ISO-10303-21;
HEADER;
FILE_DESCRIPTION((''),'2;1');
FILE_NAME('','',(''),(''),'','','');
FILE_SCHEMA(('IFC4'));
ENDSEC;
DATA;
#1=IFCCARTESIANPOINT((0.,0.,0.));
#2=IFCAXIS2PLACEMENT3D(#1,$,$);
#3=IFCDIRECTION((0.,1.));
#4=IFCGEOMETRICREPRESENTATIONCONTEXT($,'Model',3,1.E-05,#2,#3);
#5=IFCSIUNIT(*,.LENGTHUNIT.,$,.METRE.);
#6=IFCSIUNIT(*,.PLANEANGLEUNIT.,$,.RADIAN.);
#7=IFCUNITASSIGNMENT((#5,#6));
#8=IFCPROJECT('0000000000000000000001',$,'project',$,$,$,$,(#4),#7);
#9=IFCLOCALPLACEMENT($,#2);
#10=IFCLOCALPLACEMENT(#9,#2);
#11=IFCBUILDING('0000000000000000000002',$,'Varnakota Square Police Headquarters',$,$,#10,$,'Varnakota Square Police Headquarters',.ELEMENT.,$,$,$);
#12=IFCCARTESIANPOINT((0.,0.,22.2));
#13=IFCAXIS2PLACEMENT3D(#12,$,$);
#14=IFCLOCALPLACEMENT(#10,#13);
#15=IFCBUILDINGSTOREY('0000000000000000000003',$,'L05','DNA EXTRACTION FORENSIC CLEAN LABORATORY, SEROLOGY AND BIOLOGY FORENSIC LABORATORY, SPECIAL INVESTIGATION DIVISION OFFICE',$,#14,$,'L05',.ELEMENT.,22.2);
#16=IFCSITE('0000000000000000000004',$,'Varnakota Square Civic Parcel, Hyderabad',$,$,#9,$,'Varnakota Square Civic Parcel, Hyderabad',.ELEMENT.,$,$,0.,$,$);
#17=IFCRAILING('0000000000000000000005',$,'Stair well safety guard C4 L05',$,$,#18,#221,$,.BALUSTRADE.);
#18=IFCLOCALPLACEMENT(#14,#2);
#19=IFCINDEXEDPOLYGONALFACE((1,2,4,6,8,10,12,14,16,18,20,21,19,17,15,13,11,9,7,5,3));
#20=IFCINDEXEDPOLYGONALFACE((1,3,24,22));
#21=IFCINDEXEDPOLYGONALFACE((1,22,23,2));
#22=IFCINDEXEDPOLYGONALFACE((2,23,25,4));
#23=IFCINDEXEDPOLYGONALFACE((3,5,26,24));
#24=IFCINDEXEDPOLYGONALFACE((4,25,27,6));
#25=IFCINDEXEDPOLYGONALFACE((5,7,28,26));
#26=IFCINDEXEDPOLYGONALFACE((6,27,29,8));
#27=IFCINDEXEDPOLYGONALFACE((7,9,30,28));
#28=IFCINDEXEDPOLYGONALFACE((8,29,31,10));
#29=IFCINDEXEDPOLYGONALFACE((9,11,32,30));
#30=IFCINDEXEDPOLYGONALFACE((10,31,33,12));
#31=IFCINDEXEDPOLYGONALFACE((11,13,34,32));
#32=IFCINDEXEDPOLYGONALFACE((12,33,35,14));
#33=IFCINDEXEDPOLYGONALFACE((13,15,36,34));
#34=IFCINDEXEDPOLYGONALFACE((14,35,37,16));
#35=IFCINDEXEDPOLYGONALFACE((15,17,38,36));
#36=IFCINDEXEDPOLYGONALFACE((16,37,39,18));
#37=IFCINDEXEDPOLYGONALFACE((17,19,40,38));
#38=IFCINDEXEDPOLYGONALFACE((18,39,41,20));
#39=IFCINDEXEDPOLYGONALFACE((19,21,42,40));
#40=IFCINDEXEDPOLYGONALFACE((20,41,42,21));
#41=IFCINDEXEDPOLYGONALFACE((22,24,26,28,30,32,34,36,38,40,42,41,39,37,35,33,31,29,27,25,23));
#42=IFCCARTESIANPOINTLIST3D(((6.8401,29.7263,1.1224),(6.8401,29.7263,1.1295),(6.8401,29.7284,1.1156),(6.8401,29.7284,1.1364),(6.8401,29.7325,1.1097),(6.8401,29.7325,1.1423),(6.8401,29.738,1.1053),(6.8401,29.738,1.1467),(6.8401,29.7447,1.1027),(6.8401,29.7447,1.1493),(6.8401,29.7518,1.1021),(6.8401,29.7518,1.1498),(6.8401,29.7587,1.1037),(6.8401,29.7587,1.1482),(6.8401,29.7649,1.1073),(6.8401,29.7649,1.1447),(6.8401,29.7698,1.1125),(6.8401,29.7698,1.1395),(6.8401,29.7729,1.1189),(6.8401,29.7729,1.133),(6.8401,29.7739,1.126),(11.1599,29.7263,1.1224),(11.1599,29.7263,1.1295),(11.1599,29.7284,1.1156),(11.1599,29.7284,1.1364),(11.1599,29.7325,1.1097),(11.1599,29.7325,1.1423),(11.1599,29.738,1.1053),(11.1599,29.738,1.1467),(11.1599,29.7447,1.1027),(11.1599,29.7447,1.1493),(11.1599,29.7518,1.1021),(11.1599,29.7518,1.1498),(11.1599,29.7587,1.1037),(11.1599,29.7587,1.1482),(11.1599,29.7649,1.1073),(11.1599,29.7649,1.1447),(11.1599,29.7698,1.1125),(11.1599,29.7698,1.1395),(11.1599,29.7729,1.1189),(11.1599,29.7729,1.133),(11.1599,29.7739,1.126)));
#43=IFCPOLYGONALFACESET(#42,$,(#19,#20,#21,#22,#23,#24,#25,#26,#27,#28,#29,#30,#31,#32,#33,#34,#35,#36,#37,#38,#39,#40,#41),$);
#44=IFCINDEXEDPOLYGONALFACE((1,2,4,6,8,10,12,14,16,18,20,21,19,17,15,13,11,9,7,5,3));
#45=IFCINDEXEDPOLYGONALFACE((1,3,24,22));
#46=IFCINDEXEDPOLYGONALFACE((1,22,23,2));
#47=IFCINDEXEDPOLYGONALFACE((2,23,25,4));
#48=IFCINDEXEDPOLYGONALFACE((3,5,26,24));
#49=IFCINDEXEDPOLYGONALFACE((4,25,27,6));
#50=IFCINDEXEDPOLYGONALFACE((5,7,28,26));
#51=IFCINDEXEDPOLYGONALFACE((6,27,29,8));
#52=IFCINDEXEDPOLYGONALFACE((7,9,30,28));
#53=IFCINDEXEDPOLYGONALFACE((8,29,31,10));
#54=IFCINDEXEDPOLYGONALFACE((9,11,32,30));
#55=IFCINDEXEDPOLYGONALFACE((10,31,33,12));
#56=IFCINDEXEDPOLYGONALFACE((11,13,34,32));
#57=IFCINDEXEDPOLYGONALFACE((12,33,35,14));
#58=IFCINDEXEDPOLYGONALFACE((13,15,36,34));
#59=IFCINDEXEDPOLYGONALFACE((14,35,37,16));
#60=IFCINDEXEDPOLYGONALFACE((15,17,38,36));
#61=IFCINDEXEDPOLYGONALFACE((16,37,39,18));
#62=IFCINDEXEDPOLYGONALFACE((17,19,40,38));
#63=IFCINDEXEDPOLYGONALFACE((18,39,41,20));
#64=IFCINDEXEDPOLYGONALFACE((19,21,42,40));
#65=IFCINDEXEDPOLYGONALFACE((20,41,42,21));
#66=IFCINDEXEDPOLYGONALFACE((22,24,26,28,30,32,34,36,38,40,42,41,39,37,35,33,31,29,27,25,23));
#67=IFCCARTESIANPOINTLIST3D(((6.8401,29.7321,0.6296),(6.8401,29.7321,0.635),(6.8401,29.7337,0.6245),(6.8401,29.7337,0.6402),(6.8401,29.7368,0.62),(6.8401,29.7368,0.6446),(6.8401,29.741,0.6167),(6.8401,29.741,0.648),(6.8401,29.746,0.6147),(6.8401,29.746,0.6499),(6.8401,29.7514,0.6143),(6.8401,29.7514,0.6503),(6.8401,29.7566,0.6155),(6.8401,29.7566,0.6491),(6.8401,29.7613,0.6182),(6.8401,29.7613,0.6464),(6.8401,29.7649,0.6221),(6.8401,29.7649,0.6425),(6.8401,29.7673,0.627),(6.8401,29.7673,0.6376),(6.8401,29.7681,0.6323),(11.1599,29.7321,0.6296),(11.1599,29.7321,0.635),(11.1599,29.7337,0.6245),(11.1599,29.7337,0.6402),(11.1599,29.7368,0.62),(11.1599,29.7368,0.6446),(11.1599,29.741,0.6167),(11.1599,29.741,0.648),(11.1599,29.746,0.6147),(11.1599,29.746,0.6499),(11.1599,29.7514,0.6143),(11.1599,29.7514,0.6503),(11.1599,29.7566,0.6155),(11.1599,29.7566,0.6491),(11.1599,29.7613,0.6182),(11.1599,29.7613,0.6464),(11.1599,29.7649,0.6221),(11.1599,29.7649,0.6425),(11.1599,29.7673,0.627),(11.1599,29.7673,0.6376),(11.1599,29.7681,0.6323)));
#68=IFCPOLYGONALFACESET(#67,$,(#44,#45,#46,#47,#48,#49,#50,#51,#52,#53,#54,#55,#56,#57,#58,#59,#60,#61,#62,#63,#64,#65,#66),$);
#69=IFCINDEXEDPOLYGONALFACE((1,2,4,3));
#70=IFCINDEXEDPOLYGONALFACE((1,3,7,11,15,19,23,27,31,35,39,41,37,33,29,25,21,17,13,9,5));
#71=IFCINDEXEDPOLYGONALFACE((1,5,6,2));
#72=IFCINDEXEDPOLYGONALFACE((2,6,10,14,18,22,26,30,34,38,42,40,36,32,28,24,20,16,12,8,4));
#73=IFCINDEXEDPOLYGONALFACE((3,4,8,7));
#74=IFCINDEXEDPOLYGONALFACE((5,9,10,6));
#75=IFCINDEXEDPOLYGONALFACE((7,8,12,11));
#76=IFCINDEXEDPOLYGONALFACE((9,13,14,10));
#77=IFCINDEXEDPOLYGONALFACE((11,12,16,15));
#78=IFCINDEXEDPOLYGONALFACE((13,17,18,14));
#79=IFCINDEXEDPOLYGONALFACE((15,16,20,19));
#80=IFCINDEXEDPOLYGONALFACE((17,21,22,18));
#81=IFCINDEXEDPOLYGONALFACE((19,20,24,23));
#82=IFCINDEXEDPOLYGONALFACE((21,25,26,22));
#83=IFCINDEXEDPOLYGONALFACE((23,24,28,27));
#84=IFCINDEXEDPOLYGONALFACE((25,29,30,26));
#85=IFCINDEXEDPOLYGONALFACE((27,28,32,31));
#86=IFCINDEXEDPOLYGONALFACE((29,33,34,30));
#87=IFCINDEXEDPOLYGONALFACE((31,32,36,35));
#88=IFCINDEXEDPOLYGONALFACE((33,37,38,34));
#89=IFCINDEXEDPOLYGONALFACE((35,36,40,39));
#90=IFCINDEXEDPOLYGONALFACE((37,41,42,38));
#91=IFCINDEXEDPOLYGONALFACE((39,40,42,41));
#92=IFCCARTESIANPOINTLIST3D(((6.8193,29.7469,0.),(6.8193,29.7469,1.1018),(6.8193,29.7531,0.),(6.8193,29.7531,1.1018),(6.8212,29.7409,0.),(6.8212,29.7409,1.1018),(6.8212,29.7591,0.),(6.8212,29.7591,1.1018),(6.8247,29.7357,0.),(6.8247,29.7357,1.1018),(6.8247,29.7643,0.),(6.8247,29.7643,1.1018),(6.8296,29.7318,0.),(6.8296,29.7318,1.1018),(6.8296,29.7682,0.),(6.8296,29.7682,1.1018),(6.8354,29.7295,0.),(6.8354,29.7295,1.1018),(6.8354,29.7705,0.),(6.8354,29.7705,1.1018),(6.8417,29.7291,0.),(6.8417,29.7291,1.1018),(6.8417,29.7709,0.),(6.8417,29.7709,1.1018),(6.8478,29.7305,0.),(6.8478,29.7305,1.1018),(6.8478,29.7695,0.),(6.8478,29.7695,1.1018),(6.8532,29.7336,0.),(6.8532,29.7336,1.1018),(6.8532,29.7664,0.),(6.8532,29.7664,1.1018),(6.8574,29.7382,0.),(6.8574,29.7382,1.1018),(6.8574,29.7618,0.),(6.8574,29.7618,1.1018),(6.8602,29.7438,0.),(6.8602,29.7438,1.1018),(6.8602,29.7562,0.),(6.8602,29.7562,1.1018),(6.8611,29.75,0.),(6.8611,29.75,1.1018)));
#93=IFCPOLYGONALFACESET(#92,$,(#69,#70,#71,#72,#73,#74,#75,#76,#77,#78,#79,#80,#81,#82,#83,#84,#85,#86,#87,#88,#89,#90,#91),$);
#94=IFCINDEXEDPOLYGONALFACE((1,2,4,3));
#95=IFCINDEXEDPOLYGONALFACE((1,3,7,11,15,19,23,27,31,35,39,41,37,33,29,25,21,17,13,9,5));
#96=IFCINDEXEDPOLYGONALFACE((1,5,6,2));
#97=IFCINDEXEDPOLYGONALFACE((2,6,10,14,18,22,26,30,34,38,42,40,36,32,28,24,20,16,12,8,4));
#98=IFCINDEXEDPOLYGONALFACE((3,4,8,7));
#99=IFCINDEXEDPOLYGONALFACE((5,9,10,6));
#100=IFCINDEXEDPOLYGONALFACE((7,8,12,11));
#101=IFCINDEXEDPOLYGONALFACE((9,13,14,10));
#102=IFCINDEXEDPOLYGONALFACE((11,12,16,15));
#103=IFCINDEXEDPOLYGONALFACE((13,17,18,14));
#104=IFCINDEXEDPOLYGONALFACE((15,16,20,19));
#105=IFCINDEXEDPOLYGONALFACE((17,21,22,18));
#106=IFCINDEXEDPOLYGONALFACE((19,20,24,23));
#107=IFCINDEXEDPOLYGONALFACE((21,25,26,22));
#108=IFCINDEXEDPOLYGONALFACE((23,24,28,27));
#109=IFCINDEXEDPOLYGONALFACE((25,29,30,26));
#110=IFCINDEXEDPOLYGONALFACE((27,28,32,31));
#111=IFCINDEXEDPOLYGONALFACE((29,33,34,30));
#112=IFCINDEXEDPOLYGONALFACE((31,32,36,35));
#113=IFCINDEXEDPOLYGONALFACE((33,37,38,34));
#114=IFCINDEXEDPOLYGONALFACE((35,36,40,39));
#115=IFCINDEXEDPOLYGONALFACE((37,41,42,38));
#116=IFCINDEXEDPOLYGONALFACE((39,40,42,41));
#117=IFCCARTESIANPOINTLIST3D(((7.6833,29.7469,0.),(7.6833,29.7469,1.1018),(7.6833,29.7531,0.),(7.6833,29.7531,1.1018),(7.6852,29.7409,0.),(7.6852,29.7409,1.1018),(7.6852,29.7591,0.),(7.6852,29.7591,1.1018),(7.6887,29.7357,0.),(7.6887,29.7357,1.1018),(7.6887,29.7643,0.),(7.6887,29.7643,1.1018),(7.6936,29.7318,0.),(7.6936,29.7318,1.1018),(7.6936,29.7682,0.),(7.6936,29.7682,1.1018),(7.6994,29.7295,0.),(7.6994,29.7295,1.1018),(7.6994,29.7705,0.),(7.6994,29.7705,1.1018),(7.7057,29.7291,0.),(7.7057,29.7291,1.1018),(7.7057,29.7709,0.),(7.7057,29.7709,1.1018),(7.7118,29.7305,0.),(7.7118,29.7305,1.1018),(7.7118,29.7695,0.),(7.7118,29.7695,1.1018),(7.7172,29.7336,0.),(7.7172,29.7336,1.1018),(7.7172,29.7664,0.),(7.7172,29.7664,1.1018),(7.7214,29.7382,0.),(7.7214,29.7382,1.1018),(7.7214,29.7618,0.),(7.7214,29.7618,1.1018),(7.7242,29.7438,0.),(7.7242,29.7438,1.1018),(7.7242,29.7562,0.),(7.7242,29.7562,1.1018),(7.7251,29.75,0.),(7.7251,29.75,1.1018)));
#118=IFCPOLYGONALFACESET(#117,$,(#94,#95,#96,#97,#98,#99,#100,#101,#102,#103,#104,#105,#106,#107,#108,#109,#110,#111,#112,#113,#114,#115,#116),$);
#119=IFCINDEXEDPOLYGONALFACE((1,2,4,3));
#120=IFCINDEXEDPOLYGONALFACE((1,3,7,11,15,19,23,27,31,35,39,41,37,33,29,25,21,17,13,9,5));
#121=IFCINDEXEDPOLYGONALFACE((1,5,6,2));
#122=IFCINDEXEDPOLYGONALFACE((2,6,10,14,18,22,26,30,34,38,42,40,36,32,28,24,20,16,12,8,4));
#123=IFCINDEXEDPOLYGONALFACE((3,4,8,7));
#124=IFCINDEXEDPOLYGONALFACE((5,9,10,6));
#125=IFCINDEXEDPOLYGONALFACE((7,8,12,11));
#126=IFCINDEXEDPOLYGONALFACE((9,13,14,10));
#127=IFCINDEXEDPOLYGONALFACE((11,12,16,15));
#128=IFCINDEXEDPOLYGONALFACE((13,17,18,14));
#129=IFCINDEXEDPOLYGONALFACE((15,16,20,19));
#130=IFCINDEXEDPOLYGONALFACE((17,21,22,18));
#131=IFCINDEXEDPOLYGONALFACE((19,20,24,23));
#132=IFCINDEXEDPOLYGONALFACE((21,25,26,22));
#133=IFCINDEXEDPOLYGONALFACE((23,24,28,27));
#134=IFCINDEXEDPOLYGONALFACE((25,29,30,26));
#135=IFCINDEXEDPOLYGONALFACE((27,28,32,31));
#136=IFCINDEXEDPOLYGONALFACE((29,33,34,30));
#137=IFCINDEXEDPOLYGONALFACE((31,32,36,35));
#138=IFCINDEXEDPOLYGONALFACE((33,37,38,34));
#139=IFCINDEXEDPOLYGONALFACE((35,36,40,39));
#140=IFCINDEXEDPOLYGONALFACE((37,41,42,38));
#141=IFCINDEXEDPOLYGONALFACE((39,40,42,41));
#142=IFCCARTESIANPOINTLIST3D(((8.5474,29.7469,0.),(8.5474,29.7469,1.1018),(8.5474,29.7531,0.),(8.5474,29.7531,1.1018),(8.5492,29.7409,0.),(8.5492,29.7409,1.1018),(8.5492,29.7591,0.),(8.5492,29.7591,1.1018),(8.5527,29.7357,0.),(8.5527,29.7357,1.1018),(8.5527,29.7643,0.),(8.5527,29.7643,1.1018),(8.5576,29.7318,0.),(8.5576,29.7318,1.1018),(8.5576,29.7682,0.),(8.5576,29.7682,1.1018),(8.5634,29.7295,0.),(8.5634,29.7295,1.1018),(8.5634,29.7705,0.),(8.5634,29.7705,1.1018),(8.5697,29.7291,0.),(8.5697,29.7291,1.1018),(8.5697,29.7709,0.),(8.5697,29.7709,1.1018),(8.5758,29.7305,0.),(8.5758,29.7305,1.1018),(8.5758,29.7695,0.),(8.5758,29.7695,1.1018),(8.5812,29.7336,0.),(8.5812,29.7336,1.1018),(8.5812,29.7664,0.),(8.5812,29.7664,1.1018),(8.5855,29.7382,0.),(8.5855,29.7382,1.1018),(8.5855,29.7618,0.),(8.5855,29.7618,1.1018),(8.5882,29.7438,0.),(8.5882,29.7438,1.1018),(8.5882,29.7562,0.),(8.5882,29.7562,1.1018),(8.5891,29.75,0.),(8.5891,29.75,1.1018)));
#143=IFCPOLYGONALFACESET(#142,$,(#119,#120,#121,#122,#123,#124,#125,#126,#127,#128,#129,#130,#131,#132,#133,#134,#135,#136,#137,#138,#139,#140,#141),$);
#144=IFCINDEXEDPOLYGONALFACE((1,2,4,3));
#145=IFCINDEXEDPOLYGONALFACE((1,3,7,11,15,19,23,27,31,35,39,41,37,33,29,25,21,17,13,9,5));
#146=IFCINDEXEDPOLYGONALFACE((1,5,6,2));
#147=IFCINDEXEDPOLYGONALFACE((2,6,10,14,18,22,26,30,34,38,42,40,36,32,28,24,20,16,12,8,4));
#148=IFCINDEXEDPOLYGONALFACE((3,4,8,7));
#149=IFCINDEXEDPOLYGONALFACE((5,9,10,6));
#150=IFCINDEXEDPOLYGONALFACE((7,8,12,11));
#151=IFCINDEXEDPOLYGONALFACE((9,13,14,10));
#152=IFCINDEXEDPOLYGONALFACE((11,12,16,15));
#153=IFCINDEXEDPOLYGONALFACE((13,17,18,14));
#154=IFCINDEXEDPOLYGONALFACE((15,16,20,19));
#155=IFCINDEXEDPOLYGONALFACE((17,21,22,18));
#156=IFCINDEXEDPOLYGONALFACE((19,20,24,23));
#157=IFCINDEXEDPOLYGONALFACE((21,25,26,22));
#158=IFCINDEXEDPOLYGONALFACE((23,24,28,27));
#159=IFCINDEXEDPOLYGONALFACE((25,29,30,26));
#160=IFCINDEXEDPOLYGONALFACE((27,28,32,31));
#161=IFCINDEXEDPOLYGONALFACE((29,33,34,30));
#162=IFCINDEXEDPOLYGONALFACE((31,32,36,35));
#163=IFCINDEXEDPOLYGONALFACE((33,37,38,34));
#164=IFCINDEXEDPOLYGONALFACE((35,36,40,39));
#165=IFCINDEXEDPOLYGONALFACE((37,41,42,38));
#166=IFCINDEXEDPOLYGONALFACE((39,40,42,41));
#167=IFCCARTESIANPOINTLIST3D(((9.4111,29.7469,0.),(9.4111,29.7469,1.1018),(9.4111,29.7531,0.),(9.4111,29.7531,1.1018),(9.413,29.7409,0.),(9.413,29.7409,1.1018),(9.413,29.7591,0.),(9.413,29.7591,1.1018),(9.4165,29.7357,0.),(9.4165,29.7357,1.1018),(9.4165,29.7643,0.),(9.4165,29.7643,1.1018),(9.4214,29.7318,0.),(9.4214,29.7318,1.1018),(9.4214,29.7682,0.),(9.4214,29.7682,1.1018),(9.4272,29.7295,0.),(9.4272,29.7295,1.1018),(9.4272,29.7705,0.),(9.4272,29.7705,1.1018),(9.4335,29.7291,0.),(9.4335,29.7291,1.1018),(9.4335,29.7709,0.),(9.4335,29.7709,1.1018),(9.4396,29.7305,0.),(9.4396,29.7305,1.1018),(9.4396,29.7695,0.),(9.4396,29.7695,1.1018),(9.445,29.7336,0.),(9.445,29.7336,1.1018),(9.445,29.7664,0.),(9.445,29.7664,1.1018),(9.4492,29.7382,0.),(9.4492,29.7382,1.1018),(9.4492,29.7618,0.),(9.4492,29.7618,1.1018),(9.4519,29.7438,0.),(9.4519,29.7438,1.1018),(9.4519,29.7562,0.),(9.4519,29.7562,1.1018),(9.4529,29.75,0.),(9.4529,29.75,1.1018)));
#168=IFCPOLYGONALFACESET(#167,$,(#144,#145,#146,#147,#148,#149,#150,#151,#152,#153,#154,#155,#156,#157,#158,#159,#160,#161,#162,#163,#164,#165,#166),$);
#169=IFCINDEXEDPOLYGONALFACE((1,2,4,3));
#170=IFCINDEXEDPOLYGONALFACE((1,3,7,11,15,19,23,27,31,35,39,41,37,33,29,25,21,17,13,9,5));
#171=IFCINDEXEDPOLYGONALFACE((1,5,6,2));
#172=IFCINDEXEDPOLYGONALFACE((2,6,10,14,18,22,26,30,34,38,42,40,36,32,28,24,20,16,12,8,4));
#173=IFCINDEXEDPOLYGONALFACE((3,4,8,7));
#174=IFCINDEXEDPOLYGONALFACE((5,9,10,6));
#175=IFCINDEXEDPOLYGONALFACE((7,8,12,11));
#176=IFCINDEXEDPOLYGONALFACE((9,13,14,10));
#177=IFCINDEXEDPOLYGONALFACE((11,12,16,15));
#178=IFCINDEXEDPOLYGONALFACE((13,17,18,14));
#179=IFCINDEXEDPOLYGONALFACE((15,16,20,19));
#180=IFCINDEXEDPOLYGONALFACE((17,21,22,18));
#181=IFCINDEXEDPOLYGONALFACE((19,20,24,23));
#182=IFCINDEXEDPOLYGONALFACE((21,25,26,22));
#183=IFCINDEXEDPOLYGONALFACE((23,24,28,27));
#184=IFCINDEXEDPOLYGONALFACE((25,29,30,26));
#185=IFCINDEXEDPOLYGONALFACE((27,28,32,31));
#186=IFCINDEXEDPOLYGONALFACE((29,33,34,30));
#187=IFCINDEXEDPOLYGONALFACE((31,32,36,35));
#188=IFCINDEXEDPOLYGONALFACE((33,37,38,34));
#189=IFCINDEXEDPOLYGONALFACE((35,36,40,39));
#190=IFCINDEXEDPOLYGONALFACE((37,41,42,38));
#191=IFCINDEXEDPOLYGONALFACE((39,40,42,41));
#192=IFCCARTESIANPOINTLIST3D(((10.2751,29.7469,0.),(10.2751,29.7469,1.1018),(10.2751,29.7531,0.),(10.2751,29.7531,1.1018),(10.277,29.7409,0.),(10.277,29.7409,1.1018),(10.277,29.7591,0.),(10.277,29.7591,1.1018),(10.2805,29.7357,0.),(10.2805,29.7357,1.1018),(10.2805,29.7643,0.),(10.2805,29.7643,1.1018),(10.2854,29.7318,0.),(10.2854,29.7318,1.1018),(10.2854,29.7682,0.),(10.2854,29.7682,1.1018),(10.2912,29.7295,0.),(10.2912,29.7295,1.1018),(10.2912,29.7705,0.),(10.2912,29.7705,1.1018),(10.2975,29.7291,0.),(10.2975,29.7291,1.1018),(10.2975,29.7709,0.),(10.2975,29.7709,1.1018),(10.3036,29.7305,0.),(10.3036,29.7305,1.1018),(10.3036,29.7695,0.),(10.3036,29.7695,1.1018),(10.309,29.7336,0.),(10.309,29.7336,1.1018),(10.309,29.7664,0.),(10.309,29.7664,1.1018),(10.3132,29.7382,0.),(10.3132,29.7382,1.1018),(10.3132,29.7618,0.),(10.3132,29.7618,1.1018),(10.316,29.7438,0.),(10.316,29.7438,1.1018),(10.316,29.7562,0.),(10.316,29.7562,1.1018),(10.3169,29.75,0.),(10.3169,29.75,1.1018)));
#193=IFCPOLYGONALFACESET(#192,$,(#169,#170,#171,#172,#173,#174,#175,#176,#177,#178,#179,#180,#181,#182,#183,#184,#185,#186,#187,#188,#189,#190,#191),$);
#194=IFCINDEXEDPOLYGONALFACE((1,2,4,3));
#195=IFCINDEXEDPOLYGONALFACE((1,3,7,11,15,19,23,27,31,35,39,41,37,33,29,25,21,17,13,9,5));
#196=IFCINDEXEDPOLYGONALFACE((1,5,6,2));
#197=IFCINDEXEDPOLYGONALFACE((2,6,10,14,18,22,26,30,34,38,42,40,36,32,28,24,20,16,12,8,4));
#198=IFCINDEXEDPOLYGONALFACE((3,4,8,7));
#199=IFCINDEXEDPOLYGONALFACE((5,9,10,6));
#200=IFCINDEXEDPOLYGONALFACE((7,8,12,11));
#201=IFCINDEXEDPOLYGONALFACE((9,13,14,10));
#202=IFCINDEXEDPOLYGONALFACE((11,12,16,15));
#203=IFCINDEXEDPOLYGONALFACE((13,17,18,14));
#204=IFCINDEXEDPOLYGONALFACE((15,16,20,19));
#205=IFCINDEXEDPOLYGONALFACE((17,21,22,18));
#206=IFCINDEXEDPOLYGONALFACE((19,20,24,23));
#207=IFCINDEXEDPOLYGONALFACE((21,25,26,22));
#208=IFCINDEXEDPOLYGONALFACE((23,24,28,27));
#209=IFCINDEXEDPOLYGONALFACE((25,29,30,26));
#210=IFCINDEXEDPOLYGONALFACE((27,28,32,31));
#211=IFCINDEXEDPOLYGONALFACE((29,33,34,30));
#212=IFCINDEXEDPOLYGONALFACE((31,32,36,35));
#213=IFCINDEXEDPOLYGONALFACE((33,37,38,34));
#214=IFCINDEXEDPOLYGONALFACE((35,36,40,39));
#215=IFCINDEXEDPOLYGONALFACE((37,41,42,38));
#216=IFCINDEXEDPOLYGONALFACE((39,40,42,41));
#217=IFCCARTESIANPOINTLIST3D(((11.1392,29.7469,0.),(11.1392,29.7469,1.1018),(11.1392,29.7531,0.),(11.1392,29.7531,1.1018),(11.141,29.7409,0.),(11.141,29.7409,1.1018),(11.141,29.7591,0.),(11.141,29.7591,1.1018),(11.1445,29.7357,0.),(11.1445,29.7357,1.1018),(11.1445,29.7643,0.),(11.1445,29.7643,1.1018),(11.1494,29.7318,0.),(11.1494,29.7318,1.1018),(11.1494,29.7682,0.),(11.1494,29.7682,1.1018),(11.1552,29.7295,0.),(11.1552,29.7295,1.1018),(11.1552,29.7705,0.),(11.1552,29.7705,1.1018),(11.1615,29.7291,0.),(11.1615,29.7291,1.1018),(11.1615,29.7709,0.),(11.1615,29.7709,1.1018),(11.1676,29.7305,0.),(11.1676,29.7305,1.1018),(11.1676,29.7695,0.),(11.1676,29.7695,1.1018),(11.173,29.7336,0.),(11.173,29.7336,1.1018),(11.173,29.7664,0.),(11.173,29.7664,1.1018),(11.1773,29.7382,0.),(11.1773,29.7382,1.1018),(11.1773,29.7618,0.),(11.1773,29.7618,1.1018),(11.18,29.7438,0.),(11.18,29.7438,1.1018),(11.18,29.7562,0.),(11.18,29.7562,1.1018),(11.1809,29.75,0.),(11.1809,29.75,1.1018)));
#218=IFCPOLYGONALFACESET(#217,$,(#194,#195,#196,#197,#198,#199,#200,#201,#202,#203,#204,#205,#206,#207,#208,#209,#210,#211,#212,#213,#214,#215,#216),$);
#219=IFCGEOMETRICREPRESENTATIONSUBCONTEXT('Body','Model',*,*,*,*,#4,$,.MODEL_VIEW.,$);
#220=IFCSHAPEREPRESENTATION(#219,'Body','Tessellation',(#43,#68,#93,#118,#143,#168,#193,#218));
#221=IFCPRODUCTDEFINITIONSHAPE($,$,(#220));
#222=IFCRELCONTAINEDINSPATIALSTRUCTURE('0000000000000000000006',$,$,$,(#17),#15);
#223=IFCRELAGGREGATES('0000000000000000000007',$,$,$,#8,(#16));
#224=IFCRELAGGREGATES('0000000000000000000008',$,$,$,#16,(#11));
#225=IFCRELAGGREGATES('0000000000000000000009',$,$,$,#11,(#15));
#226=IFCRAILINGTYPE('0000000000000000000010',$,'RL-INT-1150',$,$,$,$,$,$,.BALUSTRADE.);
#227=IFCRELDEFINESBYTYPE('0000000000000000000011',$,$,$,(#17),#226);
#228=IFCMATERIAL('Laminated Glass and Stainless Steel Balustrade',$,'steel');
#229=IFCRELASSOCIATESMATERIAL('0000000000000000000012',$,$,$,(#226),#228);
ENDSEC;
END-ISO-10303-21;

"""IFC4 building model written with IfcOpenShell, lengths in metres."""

from ifc_helpers import new_model, si_unit, direction, frame, origin, origin_2d, place, context, subcontext, project, spatial, circle, extrude, material, type_object, element, save


model = new_model("IFC4")

# Units and contexts
model_context = context("Model", 3, precision=1e-05, world=origin(), true_north=direction((0.0, 1.0)))
body_context = subcontext(model_context, "Body", "Model", "MODEL_VIEW")
ifc_project = project(units=[si_unit("LENGTHUNIT", "METRE"), si_unit("PLANEANGLEUNIT", "RADIAN")], contexts=[model_context])

# Site, building, storey
site_placement = place(None, origin())
site = spatial("IfcSite", under=ifc_project, at=site_placement, Name="Varnakota Square Civic Parcel, Hyderabad", LongName="Varnakota Square Civic Parcel, Hyderabad", CompositionType="ELEMENT", RefElevation=0.0)
building_placement = place(site_placement, origin())
building = spatial("IfcBuilding", under=site, at=building_placement, Name="Varnakota Square Police Headquarters", LongName="Varnakota Square Police Headquarters", CompositionType="ELEMENT")
storey_placement = place(building_placement, frame((0.0, 0.0, 22.2)))
storey = spatial("IfcBuildingStorey", under=building, at=storey_placement, Name="L05", Description="DNA EXTRACTION FORENSIC CLEAN LABORATORY, SEROLOGY AND BIOLOGY FORENSIC LABORATORY, SPECIAL INVESTIGATION DIVISION OFFICE", LongName="L05", CompositionType="ELEMENT", Elevation=22.2)

# Railing
ifc_material_1 = material(Name="Laminated Glass and Stainless Steel Balustrade", Category="steel")
railing_type = type_object("IfcRailingType", Name="RL-INT-1150", PredefinedType="BALUSTRADE", material=ifc_material_1)
railing_placement = place(storey_placement, frame((6.8401, 29.75, 0.0)))
element("IfcRailing", 1, at=railing_placement, inside=storey, type_object=railing_type, Name="Stair well safety guard C4 L05", PredefinedType="BALUSTRADE", context=body_context, shape_type="SweptSolid", body=[
    extrude(circle(Radius=0.0239, at=origin_2d()), frame((0.0, 0.0, 1.126), z_axis=(1.0, 0.0, 0.0), x_axis=(0.0, 1.0, 0.0)), (0.0, 0.0, 1.0), 4.3198),
    extrude(circle(Radius=0.0181, at=origin_2d()), frame((0.0, 0.0, 0.6323), z_axis=(1.0, 0.0, 0.0), x_axis=(0.0, 1.0, 0.0)), (0.0, 0.0, 1.0), 4.3198),
    extrude(circle(Radius=0.021, at=origin_2d()), origin(), (0.0, 0.0, 1.0), 1.1018),
    extrude(circle(Radius=0.021, at=origin_2d()), frame((0.864, 0.0, 0.0)), (0.0, 0.0, 1.0), 1.1018),
    extrude(circle(Radius=0.021, at=origin_2d()), frame((1.728, 0.0, 0.0)), (0.0, 0.0, 1.0), 1.1018),
    extrude(circle(Radius=0.021, at=origin_2d()), frame((2.5918, 0.0, 0.0)), (0.0, 0.0, 1.0), 1.1018),
    extrude(circle(Radius=0.021, at=origin_2d()), frame((3.4558, 0.0, 0.0)), (0.0, 0.0, 1.0), 1.1018),
    extrude(circle(Radius=0.021, at=origin_2d()), frame((4.3198, 0.0, 0.0)), (0.0, 0.0, 1.0), 1.1018),
])

save(model, "model.ifc")
